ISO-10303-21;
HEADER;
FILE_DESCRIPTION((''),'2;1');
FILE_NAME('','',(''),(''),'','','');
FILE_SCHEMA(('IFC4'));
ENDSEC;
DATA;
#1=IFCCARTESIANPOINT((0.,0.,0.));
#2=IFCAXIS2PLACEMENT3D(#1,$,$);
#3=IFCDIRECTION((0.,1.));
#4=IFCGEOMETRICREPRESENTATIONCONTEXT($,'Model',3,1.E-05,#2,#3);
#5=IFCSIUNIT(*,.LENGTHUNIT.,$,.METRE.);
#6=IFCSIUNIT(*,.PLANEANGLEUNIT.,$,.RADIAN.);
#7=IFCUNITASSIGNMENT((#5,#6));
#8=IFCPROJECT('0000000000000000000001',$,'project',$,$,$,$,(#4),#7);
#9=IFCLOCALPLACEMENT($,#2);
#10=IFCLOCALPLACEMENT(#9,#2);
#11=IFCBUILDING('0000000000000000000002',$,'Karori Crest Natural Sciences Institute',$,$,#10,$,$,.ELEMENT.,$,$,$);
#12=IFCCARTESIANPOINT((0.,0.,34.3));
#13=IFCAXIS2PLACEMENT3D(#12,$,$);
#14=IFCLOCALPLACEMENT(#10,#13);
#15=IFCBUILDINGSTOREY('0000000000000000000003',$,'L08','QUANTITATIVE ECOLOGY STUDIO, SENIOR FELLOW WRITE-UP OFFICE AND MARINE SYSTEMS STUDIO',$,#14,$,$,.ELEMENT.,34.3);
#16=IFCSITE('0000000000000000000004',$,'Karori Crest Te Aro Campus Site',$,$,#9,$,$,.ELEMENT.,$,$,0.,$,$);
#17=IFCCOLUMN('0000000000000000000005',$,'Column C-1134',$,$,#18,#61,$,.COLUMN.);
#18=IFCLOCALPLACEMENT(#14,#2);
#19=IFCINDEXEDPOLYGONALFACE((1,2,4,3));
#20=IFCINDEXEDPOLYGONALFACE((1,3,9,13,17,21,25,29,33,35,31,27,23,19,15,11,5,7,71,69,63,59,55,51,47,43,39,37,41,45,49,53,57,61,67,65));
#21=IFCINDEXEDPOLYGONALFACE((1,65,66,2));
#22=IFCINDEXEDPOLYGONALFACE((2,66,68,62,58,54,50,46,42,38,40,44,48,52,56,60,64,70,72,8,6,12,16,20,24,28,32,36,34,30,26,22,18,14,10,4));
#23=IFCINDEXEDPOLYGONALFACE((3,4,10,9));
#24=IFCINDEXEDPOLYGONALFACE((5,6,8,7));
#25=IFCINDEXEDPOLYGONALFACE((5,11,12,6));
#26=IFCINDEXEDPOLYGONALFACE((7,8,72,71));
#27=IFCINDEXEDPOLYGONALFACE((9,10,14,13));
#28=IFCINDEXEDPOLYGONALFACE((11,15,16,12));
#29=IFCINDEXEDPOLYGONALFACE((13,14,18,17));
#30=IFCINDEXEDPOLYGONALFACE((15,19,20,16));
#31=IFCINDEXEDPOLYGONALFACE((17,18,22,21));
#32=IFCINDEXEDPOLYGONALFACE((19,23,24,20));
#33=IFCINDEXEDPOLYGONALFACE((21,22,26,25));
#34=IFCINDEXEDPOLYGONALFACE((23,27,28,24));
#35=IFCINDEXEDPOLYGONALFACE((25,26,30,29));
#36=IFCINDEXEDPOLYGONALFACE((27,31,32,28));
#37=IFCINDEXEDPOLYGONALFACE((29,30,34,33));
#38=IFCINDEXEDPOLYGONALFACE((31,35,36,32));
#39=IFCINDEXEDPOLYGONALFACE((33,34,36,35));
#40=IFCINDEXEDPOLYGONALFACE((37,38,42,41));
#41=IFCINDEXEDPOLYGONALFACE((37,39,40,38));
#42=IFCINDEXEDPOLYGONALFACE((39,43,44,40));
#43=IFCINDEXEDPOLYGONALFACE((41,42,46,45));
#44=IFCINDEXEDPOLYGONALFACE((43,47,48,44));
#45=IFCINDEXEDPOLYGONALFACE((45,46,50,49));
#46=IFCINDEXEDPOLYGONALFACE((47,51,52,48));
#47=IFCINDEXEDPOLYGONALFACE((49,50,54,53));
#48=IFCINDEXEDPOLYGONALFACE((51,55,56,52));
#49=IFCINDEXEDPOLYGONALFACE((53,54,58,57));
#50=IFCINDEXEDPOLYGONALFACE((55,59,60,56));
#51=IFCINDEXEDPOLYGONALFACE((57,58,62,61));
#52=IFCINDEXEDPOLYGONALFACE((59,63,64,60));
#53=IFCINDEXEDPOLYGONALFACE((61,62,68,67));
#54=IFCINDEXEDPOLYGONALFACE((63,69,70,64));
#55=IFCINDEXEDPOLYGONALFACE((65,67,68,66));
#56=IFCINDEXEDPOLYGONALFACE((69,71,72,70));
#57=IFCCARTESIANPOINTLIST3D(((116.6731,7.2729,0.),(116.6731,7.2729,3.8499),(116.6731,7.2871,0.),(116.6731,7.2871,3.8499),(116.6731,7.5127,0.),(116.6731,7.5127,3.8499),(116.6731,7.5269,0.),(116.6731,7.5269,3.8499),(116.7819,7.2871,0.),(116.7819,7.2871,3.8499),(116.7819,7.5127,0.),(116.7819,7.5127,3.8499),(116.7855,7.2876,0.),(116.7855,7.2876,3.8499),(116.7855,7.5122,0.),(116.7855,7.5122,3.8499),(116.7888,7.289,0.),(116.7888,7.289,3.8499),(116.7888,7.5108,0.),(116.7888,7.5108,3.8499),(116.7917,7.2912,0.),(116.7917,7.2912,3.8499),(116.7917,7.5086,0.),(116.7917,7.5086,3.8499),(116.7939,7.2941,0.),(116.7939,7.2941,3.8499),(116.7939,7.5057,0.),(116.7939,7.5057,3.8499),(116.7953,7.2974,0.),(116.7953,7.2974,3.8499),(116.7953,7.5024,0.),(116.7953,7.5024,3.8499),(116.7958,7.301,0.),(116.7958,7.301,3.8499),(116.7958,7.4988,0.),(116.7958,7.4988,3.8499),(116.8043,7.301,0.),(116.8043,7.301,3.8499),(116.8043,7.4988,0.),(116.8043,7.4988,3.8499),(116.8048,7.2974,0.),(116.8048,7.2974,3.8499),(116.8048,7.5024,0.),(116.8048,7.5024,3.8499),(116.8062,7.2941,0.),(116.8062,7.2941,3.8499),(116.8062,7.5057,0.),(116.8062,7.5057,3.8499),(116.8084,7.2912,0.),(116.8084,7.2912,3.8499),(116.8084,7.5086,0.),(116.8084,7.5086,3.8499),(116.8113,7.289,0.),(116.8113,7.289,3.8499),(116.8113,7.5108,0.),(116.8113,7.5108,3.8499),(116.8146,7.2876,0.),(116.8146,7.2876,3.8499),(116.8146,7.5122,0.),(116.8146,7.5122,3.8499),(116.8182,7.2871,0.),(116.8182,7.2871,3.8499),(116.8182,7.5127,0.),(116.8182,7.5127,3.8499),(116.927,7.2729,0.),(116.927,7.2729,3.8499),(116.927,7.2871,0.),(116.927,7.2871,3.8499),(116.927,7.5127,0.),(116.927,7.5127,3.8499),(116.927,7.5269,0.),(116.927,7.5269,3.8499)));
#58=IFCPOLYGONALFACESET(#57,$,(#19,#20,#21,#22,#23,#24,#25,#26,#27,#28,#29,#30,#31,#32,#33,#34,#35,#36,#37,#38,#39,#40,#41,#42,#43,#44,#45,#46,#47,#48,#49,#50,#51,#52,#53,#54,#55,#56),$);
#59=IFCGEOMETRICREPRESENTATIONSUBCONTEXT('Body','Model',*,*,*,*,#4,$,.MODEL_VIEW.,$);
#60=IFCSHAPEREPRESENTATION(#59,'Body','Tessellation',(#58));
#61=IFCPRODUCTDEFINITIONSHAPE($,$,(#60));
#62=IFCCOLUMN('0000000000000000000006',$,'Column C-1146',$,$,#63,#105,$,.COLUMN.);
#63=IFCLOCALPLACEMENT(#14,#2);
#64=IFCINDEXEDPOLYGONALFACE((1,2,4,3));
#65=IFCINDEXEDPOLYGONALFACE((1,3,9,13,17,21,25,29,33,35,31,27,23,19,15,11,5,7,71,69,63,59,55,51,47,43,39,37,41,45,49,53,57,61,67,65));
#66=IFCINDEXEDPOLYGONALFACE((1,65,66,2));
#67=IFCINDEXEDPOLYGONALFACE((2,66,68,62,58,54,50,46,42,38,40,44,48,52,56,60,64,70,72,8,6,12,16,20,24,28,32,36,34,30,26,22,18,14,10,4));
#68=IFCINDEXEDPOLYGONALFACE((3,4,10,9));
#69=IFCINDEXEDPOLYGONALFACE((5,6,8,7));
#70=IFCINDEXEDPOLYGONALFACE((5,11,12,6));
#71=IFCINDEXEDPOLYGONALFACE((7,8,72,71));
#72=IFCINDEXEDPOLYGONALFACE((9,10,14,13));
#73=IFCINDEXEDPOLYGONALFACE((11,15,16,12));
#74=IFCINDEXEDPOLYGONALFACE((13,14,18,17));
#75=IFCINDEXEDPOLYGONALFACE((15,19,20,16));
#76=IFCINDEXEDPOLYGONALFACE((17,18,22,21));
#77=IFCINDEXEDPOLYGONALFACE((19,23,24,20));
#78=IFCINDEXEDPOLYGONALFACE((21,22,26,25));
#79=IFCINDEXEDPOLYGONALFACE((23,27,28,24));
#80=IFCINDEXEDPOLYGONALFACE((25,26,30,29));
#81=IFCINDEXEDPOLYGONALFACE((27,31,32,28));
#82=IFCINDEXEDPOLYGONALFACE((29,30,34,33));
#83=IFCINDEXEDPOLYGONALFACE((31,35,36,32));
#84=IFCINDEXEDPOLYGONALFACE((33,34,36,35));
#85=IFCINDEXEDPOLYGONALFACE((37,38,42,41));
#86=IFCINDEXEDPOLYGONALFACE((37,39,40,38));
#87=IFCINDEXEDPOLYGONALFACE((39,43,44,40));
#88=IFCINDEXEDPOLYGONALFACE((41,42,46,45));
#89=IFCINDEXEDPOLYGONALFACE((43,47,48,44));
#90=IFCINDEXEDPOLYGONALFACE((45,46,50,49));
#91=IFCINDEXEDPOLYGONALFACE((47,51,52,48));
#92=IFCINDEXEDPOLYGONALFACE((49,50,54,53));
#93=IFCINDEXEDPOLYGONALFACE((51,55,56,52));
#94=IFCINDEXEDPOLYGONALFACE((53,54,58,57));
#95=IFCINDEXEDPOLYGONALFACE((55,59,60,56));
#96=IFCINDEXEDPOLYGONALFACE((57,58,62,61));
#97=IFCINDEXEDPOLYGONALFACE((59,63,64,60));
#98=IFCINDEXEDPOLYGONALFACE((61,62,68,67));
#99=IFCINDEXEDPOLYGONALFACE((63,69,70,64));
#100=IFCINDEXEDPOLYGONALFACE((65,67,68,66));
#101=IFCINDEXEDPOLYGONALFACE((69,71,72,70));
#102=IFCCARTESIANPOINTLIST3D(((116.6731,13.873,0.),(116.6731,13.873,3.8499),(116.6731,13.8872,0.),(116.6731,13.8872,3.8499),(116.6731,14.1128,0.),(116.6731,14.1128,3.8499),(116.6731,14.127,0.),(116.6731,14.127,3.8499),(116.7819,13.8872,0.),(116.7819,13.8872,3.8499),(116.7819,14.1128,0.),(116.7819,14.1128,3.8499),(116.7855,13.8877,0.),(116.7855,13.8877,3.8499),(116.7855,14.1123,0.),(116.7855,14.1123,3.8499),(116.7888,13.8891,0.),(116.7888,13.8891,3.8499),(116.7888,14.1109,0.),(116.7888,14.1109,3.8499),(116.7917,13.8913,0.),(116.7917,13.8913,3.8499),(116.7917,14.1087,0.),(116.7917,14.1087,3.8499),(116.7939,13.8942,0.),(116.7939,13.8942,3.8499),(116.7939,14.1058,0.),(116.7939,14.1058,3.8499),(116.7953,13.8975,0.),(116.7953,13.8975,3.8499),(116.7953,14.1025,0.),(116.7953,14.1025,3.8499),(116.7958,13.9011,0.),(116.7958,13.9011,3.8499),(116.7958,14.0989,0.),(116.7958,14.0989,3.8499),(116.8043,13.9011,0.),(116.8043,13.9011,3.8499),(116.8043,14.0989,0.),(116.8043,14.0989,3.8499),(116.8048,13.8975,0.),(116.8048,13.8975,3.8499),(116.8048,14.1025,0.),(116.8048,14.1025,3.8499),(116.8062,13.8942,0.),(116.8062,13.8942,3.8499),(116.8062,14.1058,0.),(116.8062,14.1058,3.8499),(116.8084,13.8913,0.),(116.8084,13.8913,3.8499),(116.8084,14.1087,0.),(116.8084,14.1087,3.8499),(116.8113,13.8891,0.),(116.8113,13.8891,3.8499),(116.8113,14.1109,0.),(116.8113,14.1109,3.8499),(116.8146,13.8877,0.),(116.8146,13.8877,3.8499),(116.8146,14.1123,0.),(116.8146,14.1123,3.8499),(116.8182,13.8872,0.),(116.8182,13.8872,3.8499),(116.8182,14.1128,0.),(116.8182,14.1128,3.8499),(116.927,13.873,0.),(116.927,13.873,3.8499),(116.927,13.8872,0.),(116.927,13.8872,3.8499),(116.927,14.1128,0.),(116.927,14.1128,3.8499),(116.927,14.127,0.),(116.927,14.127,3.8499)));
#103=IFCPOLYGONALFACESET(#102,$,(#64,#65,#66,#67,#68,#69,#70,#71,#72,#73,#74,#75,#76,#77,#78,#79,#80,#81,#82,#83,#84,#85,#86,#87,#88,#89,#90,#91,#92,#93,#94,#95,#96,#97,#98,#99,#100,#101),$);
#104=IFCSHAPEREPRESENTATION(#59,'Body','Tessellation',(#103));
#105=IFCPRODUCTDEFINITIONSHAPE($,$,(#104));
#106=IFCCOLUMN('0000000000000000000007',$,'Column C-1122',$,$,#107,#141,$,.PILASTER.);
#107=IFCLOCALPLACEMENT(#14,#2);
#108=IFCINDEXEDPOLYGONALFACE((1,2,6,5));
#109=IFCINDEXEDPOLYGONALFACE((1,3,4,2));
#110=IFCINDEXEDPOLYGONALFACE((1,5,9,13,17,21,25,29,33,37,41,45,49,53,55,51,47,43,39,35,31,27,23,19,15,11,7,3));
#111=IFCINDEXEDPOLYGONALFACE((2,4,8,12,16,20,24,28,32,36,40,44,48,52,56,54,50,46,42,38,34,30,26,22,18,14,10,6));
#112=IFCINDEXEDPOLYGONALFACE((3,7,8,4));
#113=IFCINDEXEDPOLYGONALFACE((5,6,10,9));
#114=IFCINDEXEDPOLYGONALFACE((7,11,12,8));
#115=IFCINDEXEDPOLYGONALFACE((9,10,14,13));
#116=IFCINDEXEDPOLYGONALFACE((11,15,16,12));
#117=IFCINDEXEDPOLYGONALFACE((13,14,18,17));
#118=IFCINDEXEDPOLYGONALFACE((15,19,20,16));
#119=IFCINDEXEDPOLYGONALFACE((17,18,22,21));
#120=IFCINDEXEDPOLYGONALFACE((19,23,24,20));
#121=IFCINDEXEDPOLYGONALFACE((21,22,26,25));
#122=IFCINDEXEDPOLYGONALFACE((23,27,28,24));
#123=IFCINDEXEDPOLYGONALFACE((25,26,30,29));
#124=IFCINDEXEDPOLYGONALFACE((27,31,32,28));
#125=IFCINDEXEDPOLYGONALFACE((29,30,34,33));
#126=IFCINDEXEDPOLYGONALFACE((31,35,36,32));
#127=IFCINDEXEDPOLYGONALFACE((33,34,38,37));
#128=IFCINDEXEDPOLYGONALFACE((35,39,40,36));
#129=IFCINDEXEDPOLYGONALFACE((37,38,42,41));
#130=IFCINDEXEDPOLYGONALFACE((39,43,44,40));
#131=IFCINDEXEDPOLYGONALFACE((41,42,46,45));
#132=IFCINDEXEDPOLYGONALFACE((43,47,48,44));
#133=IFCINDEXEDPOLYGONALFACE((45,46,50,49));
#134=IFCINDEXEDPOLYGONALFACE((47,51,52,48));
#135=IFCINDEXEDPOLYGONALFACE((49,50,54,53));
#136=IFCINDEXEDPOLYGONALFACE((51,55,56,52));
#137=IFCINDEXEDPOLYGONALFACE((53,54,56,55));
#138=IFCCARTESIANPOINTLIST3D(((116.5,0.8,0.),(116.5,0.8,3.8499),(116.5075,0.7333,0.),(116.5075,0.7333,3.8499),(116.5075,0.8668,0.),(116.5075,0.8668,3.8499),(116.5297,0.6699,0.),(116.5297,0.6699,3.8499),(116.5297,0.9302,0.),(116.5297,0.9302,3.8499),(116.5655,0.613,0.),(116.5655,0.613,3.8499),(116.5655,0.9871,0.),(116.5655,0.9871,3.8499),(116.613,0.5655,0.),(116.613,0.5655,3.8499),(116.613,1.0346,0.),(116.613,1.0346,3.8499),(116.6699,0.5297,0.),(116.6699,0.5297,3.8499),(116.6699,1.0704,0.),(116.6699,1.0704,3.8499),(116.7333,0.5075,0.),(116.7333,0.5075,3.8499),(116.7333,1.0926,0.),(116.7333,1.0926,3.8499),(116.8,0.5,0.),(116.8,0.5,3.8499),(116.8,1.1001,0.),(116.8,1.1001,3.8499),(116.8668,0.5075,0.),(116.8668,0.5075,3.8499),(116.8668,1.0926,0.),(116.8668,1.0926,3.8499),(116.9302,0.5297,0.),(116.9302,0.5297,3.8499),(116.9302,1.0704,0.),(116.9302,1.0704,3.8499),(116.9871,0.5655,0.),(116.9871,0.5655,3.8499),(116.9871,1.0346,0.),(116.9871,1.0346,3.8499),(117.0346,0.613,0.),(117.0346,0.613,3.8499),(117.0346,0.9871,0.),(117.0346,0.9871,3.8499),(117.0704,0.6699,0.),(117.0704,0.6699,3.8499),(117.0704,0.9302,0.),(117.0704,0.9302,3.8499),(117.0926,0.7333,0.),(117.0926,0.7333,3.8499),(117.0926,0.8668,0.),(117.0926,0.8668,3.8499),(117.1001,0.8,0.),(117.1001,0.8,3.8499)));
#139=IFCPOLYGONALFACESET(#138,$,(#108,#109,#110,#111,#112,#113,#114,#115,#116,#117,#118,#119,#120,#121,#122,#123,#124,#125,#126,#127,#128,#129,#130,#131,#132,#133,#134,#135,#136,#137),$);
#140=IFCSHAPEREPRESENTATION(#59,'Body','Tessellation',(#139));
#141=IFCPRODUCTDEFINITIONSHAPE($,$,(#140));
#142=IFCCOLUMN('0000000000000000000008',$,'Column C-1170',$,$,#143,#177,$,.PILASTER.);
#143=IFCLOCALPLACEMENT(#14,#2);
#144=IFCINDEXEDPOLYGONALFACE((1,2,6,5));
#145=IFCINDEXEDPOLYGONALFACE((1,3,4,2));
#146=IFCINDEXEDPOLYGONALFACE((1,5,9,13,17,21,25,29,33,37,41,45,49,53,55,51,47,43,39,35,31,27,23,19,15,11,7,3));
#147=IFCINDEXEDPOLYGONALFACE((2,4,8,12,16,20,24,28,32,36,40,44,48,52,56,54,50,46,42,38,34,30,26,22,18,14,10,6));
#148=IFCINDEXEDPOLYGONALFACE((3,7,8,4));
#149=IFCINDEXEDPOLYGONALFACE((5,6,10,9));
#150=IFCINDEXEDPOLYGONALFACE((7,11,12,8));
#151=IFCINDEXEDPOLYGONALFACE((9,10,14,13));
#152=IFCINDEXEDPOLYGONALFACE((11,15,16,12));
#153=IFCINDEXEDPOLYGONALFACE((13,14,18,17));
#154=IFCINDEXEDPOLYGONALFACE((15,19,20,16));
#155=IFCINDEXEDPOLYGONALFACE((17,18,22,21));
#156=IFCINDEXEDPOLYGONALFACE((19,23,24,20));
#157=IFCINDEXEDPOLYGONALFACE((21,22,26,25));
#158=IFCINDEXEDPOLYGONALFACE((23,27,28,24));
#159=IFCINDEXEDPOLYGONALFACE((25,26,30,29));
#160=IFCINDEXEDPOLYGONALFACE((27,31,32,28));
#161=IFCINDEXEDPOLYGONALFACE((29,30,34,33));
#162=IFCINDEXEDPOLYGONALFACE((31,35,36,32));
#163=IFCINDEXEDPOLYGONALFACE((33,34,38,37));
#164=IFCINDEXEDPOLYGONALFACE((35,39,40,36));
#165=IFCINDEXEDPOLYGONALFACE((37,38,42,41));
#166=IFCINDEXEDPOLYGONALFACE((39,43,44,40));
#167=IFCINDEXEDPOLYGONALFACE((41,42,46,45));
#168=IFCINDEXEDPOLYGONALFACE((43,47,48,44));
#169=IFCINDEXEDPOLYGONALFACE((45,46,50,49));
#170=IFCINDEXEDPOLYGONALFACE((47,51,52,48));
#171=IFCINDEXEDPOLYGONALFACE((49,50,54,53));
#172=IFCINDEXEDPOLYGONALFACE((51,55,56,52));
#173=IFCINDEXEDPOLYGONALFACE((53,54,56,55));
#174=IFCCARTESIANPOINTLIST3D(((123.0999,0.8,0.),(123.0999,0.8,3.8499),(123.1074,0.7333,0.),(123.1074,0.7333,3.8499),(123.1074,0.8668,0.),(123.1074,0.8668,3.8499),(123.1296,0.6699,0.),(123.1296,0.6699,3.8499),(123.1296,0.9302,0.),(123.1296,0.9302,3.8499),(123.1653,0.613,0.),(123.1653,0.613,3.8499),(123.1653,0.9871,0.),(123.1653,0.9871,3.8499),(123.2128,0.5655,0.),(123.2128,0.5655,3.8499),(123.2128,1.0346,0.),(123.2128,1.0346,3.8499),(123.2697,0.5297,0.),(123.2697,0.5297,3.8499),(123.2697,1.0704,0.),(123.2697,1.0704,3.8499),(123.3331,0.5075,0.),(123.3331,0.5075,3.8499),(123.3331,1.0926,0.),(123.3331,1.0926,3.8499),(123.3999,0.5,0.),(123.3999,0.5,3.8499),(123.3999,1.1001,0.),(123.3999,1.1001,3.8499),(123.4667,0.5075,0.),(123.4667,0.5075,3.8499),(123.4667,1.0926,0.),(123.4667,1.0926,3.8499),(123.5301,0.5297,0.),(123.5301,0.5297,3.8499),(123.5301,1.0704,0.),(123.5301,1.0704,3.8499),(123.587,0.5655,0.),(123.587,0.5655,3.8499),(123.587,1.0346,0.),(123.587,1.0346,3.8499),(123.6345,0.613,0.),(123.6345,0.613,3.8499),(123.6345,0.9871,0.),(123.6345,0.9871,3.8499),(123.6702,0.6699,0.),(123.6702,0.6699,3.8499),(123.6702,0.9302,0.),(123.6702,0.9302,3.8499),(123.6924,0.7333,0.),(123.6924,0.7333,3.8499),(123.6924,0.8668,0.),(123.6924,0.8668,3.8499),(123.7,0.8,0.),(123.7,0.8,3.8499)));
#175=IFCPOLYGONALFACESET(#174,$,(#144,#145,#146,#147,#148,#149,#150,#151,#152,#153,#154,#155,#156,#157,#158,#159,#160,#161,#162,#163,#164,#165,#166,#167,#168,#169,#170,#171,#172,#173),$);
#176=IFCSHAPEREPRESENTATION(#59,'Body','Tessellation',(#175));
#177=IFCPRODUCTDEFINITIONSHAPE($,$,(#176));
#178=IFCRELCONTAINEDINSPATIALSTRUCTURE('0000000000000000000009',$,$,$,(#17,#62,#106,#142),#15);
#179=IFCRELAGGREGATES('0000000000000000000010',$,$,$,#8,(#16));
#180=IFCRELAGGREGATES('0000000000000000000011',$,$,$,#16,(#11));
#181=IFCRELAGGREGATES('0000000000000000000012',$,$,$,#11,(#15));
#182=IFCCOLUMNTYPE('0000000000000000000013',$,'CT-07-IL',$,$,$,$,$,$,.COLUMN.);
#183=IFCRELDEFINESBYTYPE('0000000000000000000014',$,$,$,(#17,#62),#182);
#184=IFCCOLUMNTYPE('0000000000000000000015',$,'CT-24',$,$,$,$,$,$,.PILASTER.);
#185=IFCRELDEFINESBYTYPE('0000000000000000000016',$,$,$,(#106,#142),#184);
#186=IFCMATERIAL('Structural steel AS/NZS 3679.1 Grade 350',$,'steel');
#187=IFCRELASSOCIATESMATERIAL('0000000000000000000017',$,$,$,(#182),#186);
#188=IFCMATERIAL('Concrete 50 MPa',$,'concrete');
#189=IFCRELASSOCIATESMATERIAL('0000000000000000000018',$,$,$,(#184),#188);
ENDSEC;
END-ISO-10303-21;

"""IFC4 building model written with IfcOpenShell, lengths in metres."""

from ifc_helpers import new_model, si_unit, direction, frame, origin, origin_2d, place, context, subcontext, project, spatial, circle, i_section, extrude, material, material_profile, profile_set, type_object, element, save


model = new_model("IFC4")

# Units and contexts
model_context = context("Model", 3, precision=1e-05, world=origin(), true_north=direction((0.0, 1.0)))
body_context = subcontext(model_context, "Body", "Model", "MODEL_VIEW")
ifc_project = project(units=[si_unit("LENGTHUNIT", "METRE"), si_unit("PLANEANGLEUNIT", "RADIAN")], contexts=[model_context])

# Site, building, storey
site_placement = place(None, origin())
site = spatial("IfcSite", under=ifc_project, at=site_placement, Name="Karori Crest Te Aro Campus Site", CompositionType="ELEMENT", RefElevation=0.0)
building_placement = place(site_placement, origin())
building = spatial("IfcBuilding", under=site, at=building_placement, Name="Karori Crest Natural Sciences Institute", CompositionType="ELEMENT")
storey_placement = place(building_placement, frame((0.0, 0.0, 34.3)))
storey = spatial("IfcBuildingStorey", under=building, at=storey_placement, Name="L08", Description="QUANTITATIVE ECOLOGY STUDIO, SENIOR FELLOW WRITE-UP OFFICE AND MARINE SYSTEMS STUDIO", CompositionType="ELEMENT", Elevation=34.3)

# Columns
ifc_material_1 = material(Name="Structural steel AS/NZS 3679.1 Grade 350", Category="steel")
ifc_material_profile_1 = material_profile(ifc_material_1, i_section(OverallWidth=0.2539, OverallDepth=0.2539, WebThickness=0.0085, FlangeThickness=0.0142, FilletRadius=0.0139, at=origin_2d()), Name="250UC72.9")
ifc_profile_set_1 = profile_set([ifc_material_profile_1], Name="Structural steel AS/NZS 3679.1 Grade 350")
column_type_1 = type_object("IfcColumnType", Name="CT-07-IL", PredefinedType="COLUMN", material=ifc_profile_set_1)
for number, where, z_axis, x_axis, name in (
    (1, (116.8, 7.3999, 0.0), (0.0, 0.0, 1.0), (1.0, 0.0, 0.0), "Column C-1134"),
    (2, (116.8, 14.0, 0.0), (0.0, 0.0, 1.0), (1.0, 0.0, 0.0), "Column C-1146"),
):
    element("IfcColumn", number, at=place(storey_placement, frame(where, z_axis=z_axis, x_axis=x_axis)), inside=storey, type_object=column_type_1, Name=name, PredefinedType="COLUMN", context=body_context, shape_type="SweptSolid", body=[
        extrude(i_section(OverallWidth=0.2539, OverallDepth=0.2539, WebThickness=0.0085, FlangeThickness=0.0142, FilletRadius=0.0139, at=origin_2d()), origin(), (0.0, 0.0, 1.0), 3.8499),
    ])
ifc_material_2 = material(Name="Concrete 50 MPa", Category="concrete")
ifc_material_profile_2 = material_profile(ifc_material_2, circle(Radius=0.3, at=origin_2d()), Name="RCC600")
ifc_profile_set_2 = profile_set([ifc_material_profile_2], Name="Concrete 50 MPa")
column_type_2 = type_object("IfcColumnType", Name="CT-24", PredefinedType="PILASTER", material=ifc_profile_set_2)
for number, where, z_axis, x_axis, name in (
    (3, (116.8, 0.8, 0.0), (0.0, 0.0, 1.0), (1.0, 0.0, 0.0), "Column C-1122"),
    (4, (123.3999, 0.8, 0.0), (0.0, 0.0, 1.0), (1.0, 0.0, 0.0), "Column C-1170"),
):
    element("IfcColumn", number, at=place(storey_placement, frame(where, z_axis=z_axis, x_axis=x_axis)), inside=storey, type_object=column_type_2, Name=name, PredefinedType="PILASTER", context=body_context, shape_type="SweptSolid", body=[
        extrude(circle(Radius=0.3, at=origin_2d()), origin(), (0.0, 0.0, 1.0), 3.8499),
    ])

save(model, "model.ifc")
